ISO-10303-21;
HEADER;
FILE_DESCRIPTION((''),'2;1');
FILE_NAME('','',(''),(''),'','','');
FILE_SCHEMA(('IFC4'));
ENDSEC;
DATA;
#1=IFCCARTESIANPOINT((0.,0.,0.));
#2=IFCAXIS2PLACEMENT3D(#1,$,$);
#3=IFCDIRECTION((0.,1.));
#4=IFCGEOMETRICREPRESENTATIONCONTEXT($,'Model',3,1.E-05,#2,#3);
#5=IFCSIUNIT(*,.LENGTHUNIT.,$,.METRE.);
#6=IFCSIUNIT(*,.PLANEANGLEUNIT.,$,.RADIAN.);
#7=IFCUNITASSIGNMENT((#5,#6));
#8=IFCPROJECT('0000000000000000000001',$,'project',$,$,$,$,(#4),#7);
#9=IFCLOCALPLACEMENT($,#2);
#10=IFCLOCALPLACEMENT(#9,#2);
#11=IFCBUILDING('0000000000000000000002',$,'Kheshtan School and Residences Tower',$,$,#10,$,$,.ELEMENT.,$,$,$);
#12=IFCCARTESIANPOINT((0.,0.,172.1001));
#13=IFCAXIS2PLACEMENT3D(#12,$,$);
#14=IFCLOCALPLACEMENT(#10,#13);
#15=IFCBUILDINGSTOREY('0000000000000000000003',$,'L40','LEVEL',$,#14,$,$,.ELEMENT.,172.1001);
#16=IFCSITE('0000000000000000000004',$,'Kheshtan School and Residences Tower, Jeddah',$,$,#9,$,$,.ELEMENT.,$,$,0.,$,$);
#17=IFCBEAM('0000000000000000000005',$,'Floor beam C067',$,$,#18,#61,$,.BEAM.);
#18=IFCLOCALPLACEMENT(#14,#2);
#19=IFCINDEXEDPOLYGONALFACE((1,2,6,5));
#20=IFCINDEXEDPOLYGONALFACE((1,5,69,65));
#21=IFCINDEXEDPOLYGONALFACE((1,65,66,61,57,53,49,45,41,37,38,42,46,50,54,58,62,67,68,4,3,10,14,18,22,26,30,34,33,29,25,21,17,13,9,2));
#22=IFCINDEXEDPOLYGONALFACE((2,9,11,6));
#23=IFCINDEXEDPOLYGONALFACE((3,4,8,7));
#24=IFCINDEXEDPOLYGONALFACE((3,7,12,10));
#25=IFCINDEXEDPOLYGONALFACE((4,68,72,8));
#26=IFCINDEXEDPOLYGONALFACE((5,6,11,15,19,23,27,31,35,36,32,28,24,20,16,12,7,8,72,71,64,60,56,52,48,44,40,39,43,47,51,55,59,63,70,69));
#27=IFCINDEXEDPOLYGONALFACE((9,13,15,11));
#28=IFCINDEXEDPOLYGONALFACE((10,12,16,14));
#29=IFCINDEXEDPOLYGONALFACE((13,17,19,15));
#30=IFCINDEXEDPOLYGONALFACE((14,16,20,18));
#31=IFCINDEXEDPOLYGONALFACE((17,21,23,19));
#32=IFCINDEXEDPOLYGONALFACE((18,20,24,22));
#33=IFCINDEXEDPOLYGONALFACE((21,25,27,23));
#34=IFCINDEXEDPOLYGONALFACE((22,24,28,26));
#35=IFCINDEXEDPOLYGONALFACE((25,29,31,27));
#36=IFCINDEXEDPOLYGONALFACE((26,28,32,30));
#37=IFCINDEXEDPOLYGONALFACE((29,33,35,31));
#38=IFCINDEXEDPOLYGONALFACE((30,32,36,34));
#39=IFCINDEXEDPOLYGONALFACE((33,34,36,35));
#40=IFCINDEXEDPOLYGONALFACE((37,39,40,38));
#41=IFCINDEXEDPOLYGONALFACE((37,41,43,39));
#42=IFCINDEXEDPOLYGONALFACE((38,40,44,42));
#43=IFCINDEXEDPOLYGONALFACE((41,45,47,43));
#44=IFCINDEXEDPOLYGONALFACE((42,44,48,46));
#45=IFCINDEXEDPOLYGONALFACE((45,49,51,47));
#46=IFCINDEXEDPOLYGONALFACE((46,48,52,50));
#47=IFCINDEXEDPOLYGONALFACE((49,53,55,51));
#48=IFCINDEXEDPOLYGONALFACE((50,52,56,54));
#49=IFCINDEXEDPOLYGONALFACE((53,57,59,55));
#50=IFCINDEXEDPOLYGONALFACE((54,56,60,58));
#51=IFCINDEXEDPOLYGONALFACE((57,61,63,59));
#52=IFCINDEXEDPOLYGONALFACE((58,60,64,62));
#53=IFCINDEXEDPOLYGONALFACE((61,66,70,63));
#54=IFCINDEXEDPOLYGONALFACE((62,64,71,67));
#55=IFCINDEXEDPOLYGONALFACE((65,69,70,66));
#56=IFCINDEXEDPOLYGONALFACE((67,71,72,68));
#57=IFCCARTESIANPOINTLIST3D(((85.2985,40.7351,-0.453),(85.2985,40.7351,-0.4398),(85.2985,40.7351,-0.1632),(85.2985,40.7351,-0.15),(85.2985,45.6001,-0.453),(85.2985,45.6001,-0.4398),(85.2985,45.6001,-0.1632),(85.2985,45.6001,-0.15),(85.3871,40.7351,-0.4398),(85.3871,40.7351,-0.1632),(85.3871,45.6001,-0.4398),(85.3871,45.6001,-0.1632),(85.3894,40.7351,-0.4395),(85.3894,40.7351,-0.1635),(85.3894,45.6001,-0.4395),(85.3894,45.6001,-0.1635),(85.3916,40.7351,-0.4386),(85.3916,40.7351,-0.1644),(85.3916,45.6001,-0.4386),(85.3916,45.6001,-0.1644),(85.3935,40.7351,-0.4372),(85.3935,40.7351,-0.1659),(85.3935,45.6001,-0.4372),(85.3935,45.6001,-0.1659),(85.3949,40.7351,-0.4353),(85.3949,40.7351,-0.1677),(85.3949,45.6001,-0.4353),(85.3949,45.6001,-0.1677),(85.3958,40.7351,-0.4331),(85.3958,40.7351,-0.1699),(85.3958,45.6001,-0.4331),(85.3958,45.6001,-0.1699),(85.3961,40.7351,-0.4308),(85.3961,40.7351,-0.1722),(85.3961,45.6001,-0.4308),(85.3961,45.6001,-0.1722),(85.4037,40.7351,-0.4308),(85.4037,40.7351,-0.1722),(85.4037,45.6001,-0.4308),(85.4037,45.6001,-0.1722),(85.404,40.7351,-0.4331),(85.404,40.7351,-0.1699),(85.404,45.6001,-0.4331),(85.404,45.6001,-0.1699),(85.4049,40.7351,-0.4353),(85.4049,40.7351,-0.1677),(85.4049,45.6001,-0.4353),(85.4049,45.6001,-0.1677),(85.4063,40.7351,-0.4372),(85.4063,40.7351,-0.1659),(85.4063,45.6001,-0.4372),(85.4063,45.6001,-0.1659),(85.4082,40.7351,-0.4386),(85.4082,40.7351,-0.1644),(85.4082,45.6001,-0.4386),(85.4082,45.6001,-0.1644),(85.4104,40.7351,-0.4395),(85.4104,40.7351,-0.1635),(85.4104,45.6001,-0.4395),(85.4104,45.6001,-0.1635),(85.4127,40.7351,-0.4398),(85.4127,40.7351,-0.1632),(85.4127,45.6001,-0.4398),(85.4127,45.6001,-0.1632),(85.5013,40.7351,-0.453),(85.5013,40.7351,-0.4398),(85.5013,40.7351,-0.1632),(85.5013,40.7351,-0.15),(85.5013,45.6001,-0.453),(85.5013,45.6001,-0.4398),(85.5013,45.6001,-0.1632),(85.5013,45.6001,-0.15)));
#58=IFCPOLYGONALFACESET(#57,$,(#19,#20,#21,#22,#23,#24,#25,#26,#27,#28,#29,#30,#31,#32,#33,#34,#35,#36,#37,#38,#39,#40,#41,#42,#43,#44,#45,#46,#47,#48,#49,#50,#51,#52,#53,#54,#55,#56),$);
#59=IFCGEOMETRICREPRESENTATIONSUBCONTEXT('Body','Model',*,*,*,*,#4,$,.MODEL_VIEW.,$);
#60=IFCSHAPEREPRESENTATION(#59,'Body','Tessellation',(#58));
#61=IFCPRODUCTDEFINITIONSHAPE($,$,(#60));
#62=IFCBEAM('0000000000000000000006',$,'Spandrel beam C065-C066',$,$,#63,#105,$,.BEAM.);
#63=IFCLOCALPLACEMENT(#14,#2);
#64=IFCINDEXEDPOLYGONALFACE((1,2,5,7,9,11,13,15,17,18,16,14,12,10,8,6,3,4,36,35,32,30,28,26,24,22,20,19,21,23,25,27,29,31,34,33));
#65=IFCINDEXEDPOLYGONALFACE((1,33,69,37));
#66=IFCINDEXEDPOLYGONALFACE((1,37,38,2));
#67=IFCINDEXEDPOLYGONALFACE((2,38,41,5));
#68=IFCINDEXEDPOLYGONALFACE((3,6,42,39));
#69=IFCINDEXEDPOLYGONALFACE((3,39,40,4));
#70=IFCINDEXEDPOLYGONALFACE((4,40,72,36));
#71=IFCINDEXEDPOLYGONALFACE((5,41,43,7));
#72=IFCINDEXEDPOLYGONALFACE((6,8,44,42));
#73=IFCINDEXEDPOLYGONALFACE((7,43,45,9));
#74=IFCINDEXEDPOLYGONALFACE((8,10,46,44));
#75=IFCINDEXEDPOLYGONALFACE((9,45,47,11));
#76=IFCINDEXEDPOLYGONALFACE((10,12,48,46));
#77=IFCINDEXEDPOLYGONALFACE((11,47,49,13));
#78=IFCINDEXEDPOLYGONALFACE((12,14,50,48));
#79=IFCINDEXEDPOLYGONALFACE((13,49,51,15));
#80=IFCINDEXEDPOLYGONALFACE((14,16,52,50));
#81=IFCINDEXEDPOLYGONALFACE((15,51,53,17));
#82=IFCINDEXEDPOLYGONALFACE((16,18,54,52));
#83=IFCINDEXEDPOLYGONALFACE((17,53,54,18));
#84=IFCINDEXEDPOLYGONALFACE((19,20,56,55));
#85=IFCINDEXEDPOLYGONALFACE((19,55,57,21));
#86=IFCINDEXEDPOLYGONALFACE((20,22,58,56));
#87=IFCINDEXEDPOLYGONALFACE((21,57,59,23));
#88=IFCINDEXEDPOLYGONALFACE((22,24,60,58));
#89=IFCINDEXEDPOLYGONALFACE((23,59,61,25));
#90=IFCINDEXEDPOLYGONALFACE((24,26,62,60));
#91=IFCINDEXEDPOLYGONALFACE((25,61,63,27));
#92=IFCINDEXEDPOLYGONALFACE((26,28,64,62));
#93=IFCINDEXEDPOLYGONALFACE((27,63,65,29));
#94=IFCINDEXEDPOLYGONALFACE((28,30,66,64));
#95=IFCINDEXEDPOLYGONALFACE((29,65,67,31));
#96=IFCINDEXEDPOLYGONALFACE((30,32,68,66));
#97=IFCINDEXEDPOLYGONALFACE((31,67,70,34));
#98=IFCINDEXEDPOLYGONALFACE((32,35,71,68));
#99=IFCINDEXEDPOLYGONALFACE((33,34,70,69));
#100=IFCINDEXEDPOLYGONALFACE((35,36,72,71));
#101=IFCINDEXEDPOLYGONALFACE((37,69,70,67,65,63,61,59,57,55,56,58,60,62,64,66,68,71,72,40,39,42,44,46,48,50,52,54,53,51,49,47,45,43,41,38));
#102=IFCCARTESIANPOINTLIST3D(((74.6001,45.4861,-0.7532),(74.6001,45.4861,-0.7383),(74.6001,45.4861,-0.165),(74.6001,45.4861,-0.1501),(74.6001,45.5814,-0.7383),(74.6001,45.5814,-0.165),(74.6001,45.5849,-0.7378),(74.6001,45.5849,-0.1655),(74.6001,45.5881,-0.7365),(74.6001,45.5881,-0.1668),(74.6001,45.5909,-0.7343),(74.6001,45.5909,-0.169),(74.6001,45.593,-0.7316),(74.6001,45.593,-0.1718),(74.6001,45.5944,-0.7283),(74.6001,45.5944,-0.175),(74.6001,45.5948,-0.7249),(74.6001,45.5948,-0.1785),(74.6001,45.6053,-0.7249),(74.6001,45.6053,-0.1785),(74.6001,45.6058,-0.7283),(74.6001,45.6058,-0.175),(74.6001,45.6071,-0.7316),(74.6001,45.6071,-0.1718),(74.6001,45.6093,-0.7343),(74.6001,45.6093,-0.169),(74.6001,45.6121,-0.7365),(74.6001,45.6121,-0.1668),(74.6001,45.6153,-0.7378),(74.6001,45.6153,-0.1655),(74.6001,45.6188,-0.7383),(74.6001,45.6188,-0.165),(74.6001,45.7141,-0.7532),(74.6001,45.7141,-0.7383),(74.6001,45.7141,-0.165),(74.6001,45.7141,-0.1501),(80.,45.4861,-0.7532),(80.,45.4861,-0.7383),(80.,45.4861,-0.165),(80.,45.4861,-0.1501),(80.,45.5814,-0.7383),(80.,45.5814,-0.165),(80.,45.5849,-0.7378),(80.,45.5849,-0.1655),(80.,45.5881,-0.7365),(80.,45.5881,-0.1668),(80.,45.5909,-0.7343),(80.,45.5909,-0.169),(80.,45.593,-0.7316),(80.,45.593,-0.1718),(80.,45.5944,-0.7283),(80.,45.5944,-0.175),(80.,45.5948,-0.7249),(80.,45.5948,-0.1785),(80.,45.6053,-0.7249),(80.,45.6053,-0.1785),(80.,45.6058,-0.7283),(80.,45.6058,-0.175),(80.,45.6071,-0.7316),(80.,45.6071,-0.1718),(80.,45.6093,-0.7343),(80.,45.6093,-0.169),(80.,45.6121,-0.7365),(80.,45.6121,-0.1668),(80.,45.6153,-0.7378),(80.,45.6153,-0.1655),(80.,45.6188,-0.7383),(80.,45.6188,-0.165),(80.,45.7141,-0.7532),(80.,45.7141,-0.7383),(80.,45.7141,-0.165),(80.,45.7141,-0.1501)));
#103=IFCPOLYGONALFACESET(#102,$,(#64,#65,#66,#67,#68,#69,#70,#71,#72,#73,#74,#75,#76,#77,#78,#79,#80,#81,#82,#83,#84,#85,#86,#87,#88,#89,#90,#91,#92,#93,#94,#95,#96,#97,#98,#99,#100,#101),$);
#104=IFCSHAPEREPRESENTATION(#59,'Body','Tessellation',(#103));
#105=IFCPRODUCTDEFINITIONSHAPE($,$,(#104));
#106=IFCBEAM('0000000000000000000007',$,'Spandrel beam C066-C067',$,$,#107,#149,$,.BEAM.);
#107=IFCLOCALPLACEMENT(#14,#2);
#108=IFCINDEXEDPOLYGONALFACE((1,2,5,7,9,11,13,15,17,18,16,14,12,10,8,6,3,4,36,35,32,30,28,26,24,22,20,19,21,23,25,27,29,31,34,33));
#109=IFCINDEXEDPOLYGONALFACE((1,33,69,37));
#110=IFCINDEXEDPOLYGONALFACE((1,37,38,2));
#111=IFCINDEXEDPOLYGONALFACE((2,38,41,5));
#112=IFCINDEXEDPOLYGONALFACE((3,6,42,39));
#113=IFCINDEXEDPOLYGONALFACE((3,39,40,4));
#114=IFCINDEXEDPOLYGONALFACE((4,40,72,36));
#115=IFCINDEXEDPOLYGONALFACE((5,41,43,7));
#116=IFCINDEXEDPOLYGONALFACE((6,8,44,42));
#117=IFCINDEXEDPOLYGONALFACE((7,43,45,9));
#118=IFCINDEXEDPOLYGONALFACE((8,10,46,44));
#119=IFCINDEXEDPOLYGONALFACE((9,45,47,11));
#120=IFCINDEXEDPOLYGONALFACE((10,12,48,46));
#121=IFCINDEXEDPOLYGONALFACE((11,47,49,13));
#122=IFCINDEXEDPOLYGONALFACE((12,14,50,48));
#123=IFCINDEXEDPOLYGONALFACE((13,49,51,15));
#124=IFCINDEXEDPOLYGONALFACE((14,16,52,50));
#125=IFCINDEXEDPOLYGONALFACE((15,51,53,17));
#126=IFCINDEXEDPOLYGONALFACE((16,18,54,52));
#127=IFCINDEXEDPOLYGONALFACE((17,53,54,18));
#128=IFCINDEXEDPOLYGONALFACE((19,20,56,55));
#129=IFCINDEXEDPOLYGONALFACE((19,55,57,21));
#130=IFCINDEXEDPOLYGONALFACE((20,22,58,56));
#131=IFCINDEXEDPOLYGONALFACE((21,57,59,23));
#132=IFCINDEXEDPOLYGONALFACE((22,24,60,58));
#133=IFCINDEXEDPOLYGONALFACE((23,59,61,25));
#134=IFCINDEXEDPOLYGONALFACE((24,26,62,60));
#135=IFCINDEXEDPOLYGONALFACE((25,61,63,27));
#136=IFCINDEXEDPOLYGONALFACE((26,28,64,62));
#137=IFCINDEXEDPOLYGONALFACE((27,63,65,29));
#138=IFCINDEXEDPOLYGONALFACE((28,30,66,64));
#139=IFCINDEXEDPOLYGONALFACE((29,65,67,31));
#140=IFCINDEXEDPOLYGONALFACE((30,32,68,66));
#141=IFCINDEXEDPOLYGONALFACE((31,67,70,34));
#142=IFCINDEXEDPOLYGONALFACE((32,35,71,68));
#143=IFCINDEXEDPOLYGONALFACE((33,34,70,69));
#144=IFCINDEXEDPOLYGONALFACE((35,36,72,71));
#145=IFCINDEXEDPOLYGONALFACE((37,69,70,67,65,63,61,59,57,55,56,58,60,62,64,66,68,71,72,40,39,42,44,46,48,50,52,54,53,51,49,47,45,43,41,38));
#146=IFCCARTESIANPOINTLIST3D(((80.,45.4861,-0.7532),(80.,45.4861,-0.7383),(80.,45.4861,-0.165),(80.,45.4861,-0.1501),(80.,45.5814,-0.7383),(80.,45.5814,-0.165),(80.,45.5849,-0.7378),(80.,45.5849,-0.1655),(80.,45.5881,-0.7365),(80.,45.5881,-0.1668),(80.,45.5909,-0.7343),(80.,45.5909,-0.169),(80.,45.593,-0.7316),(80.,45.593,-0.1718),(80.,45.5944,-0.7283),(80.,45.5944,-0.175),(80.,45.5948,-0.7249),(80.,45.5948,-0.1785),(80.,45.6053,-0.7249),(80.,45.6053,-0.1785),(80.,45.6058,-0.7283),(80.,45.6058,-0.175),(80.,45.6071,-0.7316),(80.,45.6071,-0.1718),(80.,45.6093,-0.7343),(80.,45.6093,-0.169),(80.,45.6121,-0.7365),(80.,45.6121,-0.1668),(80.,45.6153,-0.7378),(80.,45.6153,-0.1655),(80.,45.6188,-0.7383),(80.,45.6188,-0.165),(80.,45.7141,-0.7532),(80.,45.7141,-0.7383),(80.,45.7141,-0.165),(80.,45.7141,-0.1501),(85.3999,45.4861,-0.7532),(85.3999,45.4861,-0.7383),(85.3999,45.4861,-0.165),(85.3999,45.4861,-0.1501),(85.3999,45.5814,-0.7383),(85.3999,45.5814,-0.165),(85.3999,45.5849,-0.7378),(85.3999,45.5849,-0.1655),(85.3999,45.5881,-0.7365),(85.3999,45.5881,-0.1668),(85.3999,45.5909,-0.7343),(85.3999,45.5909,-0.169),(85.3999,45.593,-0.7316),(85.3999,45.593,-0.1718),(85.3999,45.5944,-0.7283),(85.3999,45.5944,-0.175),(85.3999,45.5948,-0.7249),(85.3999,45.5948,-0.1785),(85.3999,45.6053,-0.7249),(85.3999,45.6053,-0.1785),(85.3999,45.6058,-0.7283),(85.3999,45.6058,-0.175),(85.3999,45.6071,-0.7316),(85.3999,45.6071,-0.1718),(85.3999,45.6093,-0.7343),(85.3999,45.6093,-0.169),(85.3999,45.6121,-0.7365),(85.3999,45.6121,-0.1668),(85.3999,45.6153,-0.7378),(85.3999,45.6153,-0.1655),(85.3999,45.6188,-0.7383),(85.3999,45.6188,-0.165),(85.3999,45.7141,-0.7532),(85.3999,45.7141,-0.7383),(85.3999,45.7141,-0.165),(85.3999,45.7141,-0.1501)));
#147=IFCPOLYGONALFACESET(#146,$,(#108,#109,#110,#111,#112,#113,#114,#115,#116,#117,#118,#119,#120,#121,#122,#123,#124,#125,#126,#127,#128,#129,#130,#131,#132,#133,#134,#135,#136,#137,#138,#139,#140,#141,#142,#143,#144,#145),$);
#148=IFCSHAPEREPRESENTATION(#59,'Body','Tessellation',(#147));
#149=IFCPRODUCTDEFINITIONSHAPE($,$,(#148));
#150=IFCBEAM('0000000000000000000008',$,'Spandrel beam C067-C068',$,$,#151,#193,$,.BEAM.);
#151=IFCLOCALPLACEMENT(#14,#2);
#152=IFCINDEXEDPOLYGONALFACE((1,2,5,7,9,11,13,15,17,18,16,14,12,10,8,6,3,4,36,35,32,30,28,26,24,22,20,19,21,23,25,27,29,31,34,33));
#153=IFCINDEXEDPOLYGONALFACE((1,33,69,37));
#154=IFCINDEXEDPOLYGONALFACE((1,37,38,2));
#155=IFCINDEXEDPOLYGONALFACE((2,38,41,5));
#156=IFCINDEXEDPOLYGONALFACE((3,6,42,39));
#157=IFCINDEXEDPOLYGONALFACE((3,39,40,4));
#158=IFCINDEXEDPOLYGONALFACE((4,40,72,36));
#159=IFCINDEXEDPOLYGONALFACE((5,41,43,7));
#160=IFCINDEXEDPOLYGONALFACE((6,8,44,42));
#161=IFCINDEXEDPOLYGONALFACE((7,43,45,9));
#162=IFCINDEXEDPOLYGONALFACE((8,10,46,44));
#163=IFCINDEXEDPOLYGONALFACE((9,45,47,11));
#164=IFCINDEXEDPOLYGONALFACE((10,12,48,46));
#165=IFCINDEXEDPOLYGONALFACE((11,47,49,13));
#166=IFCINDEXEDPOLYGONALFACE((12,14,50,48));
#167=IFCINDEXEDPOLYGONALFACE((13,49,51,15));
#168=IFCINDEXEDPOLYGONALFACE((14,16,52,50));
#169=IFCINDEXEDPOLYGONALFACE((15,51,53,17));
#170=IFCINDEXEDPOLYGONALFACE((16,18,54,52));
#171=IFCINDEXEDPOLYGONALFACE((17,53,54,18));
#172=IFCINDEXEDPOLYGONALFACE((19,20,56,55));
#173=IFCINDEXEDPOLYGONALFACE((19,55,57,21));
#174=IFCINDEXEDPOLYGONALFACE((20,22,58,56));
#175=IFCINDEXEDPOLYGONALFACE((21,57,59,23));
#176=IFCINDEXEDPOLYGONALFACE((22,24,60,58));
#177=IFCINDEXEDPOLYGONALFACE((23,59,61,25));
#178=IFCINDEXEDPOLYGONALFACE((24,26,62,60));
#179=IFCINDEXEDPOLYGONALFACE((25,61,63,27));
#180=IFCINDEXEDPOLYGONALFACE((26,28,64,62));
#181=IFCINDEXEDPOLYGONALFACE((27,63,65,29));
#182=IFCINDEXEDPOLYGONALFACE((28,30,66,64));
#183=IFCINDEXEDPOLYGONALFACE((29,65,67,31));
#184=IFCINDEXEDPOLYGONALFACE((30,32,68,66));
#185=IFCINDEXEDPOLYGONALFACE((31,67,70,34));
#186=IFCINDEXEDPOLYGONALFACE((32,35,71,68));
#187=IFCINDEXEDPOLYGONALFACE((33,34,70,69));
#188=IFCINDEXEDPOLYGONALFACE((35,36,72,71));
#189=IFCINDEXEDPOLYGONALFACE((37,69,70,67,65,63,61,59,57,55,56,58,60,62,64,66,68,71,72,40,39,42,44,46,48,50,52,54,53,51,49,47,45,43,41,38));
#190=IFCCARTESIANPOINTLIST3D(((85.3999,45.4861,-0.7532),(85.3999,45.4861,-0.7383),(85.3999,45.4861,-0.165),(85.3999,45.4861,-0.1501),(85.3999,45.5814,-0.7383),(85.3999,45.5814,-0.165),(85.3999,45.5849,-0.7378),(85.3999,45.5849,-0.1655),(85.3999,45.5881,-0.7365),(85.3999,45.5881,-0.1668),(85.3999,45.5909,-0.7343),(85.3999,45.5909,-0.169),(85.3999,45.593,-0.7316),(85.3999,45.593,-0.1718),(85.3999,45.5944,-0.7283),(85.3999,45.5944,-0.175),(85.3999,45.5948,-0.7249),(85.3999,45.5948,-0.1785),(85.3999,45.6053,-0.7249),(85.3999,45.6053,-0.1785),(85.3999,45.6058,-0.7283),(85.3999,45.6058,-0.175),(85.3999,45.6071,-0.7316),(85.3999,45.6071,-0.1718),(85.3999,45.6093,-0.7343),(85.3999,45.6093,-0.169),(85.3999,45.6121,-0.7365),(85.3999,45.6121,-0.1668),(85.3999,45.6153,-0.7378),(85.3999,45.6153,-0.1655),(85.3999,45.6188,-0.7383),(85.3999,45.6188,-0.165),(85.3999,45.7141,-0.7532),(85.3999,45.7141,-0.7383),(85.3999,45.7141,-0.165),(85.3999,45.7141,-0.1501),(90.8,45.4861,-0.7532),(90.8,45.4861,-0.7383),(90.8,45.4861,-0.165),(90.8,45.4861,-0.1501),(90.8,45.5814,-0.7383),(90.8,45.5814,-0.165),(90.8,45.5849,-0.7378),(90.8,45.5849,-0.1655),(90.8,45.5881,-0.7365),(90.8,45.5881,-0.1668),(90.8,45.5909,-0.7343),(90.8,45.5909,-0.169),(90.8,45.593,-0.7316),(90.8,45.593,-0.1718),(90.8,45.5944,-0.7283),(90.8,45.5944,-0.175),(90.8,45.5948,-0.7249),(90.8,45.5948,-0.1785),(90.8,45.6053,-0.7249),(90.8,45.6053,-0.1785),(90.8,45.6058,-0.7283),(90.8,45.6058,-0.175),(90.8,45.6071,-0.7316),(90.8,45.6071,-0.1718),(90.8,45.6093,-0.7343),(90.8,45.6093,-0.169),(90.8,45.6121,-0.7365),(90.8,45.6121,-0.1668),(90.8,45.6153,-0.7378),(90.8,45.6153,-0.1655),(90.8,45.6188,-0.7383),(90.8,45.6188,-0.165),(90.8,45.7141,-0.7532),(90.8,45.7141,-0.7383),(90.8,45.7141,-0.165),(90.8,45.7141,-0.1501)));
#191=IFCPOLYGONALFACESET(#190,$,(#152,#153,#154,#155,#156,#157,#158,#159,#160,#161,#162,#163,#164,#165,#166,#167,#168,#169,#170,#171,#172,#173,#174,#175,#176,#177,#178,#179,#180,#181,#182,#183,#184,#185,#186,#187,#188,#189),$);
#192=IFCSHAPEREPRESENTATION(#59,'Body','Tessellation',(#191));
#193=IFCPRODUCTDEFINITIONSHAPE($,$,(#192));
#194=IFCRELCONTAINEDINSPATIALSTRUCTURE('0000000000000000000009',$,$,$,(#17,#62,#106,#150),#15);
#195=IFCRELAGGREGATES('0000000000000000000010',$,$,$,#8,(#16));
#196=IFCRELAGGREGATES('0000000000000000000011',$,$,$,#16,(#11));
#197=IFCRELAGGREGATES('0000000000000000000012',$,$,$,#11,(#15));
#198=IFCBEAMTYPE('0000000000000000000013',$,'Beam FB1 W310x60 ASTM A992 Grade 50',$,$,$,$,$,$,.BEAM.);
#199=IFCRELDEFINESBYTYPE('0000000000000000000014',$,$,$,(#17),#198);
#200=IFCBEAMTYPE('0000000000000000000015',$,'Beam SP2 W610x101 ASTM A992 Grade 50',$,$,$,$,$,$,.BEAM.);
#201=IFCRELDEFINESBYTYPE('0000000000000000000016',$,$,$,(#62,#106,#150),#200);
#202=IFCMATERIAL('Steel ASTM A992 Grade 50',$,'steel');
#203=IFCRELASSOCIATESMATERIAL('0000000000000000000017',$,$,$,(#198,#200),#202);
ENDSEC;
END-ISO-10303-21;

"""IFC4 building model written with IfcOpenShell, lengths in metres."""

from ifc_helpers import new_model, si_unit, direction, frame, origin, origin_2d, place, context, subcontext, project, spatial, i_section, extrude, material, material_profile, profile_set, type_object, element, save


model = new_model("IFC4")

# Units and contexts
model_context = context("Model", 3, precision=1e-05, world=origin(), true_north=direction((0.0, 1.0)))
body_context = subcontext(model_context, "Body", "Model", "MODEL_VIEW")
ifc_project = project(units=[si_unit("LENGTHUNIT", "METRE"), si_unit("PLANEANGLEUNIT", "RADIAN")], contexts=[model_context])

# Site, building, storey
site_placement = place(None, origin())
site = spatial("IfcSite", under=ifc_project, at=site_placement, Name="Kheshtan School and Residences Tower, Jeddah", CompositionType="ELEMENT", RefElevation=0.0)
building_placement = place(site_placement, origin())
building = spatial("IfcBuilding", under=site, at=building_placement, Name="Kheshtan School and Residences Tower", CompositionType="ELEMENT")
storey_placement = place(building_placement, frame((0.0, 0.0, 172.1001)))
storey = spatial("IfcBuildingStorey", under=building, at=storey_placement, Name="L40", Description="LEVEL", CompositionType="ELEMENT", Elevation=172.1001)

# Shared definitions
ifc_material_1 = material(Name="Steel ASTM A992 Grade 50", Category="steel")

# Beams
ifc_material_profile_1 = material_profile(ifc_material_1, i_section(OverallWidth=0.2029, OverallDepth=0.303, WebThickness=0.0076, FlangeThickness=0.0132, FilletRadius=0.009, at=origin_2d()), Name="W310x60")
ifc_profile_set_1 = profile_set([ifc_material_profile_1], Name="Steel ASTM A992 Grade 50")
beam_type_1 = type_object("IfcBeamType", Name="Beam FB1 W310x60 ASTM A992 Grade 50", PredefinedType="BEAM", material=ifc_profile_set_1)
beam_1_placement = place(storey_placement, frame((85.3999, 45.6001, -0.3015), z_axis=(0.0, -1.0, 0.0), x_axis=(1.0, 0.0, 0.0)))
element("IfcBeam", 1, at=beam_1_placement, inside=storey, type_object=beam_type_1, Name="Floor beam C067", PredefinedType="BEAM", context=body_context, shape_type="SweptSolid", body=[
    extrude(i_section(OverallWidth=0.2029, OverallDepth=0.303, WebThickness=0.0076, FlangeThickness=0.0132, FilletRadius=0.009, at=origin_2d()), origin(), (0.0, 0.0, 1.0), 4.865),
])
ifc_material_profile_2 = material_profile(ifc_material_1, i_section(OverallWidth=0.228, OverallDepth=0.603, WebThickness=0.0105, FlangeThickness=0.0149, FilletRadius=0.0134, at=origin_2d()), Name="W610x101")
ifc_profile_set_2 = profile_set([ifc_material_profile_2], Name="Steel ASTM A992 Grade 50")
beam_type_2 = type_object("IfcBeamType", Name="Beam SP2 W610x101 ASTM A992 Grade 50", PredefinedType="BEAM", material=ifc_profile_set_2)
for number, where, z_axis, x_axis, name in (
    (2, (74.6001, 45.6001, -0.4517), (1.0, 0.0, 0.0), (0.0, 1.0, 0.0), "Spandrel beam C065-C066"),
    (3, (80.0, 45.6001, -0.4517), (1.0, 0.0, 0.0), (0.0, 1.0, 0.0), "Spandrel beam C066-C067"),
):
    element("IfcBeam", number, at=place(storey_placement, frame(where, z_axis=z_axis, x_axis=x_axis)), inside=storey, type_object=beam_type_2, Name=name, PredefinedType="BEAM", context=body_context, shape_type="SweptSolid", body=[
        extrude(i_section(OverallWidth=0.228, OverallDepth=0.603, WebThickness=0.0105, FlangeThickness=0.0149, FilletRadius=0.0134, at=origin_2d()), origin(), (0.0, 0.0, 1.0), 5.3999),
    ])
beam_2_placement = place(storey_placement, frame((85.3999, 45.6001, -0.4517), z_axis=(1.0, 0.0, 0.0), x_axis=(0.0, 1.0, 0.0)))
element("IfcBeam", 4, at=beam_2_placement, inside=storey, type_object=beam_type_2, Name="Spandrel beam C067-C068", PredefinedType="BEAM", context=body_context, shape_type="SweptSolid", body=[
    extrude(i_section(OverallWidth=0.228, OverallDepth=0.603, WebThickness=0.0105, FlangeThickness=0.0149, FilletRadius=0.0134, at=origin_2d()), origin(), (0.0, 0.0, 1.0), 5.4001),
])

save(model, "model.ifc")
